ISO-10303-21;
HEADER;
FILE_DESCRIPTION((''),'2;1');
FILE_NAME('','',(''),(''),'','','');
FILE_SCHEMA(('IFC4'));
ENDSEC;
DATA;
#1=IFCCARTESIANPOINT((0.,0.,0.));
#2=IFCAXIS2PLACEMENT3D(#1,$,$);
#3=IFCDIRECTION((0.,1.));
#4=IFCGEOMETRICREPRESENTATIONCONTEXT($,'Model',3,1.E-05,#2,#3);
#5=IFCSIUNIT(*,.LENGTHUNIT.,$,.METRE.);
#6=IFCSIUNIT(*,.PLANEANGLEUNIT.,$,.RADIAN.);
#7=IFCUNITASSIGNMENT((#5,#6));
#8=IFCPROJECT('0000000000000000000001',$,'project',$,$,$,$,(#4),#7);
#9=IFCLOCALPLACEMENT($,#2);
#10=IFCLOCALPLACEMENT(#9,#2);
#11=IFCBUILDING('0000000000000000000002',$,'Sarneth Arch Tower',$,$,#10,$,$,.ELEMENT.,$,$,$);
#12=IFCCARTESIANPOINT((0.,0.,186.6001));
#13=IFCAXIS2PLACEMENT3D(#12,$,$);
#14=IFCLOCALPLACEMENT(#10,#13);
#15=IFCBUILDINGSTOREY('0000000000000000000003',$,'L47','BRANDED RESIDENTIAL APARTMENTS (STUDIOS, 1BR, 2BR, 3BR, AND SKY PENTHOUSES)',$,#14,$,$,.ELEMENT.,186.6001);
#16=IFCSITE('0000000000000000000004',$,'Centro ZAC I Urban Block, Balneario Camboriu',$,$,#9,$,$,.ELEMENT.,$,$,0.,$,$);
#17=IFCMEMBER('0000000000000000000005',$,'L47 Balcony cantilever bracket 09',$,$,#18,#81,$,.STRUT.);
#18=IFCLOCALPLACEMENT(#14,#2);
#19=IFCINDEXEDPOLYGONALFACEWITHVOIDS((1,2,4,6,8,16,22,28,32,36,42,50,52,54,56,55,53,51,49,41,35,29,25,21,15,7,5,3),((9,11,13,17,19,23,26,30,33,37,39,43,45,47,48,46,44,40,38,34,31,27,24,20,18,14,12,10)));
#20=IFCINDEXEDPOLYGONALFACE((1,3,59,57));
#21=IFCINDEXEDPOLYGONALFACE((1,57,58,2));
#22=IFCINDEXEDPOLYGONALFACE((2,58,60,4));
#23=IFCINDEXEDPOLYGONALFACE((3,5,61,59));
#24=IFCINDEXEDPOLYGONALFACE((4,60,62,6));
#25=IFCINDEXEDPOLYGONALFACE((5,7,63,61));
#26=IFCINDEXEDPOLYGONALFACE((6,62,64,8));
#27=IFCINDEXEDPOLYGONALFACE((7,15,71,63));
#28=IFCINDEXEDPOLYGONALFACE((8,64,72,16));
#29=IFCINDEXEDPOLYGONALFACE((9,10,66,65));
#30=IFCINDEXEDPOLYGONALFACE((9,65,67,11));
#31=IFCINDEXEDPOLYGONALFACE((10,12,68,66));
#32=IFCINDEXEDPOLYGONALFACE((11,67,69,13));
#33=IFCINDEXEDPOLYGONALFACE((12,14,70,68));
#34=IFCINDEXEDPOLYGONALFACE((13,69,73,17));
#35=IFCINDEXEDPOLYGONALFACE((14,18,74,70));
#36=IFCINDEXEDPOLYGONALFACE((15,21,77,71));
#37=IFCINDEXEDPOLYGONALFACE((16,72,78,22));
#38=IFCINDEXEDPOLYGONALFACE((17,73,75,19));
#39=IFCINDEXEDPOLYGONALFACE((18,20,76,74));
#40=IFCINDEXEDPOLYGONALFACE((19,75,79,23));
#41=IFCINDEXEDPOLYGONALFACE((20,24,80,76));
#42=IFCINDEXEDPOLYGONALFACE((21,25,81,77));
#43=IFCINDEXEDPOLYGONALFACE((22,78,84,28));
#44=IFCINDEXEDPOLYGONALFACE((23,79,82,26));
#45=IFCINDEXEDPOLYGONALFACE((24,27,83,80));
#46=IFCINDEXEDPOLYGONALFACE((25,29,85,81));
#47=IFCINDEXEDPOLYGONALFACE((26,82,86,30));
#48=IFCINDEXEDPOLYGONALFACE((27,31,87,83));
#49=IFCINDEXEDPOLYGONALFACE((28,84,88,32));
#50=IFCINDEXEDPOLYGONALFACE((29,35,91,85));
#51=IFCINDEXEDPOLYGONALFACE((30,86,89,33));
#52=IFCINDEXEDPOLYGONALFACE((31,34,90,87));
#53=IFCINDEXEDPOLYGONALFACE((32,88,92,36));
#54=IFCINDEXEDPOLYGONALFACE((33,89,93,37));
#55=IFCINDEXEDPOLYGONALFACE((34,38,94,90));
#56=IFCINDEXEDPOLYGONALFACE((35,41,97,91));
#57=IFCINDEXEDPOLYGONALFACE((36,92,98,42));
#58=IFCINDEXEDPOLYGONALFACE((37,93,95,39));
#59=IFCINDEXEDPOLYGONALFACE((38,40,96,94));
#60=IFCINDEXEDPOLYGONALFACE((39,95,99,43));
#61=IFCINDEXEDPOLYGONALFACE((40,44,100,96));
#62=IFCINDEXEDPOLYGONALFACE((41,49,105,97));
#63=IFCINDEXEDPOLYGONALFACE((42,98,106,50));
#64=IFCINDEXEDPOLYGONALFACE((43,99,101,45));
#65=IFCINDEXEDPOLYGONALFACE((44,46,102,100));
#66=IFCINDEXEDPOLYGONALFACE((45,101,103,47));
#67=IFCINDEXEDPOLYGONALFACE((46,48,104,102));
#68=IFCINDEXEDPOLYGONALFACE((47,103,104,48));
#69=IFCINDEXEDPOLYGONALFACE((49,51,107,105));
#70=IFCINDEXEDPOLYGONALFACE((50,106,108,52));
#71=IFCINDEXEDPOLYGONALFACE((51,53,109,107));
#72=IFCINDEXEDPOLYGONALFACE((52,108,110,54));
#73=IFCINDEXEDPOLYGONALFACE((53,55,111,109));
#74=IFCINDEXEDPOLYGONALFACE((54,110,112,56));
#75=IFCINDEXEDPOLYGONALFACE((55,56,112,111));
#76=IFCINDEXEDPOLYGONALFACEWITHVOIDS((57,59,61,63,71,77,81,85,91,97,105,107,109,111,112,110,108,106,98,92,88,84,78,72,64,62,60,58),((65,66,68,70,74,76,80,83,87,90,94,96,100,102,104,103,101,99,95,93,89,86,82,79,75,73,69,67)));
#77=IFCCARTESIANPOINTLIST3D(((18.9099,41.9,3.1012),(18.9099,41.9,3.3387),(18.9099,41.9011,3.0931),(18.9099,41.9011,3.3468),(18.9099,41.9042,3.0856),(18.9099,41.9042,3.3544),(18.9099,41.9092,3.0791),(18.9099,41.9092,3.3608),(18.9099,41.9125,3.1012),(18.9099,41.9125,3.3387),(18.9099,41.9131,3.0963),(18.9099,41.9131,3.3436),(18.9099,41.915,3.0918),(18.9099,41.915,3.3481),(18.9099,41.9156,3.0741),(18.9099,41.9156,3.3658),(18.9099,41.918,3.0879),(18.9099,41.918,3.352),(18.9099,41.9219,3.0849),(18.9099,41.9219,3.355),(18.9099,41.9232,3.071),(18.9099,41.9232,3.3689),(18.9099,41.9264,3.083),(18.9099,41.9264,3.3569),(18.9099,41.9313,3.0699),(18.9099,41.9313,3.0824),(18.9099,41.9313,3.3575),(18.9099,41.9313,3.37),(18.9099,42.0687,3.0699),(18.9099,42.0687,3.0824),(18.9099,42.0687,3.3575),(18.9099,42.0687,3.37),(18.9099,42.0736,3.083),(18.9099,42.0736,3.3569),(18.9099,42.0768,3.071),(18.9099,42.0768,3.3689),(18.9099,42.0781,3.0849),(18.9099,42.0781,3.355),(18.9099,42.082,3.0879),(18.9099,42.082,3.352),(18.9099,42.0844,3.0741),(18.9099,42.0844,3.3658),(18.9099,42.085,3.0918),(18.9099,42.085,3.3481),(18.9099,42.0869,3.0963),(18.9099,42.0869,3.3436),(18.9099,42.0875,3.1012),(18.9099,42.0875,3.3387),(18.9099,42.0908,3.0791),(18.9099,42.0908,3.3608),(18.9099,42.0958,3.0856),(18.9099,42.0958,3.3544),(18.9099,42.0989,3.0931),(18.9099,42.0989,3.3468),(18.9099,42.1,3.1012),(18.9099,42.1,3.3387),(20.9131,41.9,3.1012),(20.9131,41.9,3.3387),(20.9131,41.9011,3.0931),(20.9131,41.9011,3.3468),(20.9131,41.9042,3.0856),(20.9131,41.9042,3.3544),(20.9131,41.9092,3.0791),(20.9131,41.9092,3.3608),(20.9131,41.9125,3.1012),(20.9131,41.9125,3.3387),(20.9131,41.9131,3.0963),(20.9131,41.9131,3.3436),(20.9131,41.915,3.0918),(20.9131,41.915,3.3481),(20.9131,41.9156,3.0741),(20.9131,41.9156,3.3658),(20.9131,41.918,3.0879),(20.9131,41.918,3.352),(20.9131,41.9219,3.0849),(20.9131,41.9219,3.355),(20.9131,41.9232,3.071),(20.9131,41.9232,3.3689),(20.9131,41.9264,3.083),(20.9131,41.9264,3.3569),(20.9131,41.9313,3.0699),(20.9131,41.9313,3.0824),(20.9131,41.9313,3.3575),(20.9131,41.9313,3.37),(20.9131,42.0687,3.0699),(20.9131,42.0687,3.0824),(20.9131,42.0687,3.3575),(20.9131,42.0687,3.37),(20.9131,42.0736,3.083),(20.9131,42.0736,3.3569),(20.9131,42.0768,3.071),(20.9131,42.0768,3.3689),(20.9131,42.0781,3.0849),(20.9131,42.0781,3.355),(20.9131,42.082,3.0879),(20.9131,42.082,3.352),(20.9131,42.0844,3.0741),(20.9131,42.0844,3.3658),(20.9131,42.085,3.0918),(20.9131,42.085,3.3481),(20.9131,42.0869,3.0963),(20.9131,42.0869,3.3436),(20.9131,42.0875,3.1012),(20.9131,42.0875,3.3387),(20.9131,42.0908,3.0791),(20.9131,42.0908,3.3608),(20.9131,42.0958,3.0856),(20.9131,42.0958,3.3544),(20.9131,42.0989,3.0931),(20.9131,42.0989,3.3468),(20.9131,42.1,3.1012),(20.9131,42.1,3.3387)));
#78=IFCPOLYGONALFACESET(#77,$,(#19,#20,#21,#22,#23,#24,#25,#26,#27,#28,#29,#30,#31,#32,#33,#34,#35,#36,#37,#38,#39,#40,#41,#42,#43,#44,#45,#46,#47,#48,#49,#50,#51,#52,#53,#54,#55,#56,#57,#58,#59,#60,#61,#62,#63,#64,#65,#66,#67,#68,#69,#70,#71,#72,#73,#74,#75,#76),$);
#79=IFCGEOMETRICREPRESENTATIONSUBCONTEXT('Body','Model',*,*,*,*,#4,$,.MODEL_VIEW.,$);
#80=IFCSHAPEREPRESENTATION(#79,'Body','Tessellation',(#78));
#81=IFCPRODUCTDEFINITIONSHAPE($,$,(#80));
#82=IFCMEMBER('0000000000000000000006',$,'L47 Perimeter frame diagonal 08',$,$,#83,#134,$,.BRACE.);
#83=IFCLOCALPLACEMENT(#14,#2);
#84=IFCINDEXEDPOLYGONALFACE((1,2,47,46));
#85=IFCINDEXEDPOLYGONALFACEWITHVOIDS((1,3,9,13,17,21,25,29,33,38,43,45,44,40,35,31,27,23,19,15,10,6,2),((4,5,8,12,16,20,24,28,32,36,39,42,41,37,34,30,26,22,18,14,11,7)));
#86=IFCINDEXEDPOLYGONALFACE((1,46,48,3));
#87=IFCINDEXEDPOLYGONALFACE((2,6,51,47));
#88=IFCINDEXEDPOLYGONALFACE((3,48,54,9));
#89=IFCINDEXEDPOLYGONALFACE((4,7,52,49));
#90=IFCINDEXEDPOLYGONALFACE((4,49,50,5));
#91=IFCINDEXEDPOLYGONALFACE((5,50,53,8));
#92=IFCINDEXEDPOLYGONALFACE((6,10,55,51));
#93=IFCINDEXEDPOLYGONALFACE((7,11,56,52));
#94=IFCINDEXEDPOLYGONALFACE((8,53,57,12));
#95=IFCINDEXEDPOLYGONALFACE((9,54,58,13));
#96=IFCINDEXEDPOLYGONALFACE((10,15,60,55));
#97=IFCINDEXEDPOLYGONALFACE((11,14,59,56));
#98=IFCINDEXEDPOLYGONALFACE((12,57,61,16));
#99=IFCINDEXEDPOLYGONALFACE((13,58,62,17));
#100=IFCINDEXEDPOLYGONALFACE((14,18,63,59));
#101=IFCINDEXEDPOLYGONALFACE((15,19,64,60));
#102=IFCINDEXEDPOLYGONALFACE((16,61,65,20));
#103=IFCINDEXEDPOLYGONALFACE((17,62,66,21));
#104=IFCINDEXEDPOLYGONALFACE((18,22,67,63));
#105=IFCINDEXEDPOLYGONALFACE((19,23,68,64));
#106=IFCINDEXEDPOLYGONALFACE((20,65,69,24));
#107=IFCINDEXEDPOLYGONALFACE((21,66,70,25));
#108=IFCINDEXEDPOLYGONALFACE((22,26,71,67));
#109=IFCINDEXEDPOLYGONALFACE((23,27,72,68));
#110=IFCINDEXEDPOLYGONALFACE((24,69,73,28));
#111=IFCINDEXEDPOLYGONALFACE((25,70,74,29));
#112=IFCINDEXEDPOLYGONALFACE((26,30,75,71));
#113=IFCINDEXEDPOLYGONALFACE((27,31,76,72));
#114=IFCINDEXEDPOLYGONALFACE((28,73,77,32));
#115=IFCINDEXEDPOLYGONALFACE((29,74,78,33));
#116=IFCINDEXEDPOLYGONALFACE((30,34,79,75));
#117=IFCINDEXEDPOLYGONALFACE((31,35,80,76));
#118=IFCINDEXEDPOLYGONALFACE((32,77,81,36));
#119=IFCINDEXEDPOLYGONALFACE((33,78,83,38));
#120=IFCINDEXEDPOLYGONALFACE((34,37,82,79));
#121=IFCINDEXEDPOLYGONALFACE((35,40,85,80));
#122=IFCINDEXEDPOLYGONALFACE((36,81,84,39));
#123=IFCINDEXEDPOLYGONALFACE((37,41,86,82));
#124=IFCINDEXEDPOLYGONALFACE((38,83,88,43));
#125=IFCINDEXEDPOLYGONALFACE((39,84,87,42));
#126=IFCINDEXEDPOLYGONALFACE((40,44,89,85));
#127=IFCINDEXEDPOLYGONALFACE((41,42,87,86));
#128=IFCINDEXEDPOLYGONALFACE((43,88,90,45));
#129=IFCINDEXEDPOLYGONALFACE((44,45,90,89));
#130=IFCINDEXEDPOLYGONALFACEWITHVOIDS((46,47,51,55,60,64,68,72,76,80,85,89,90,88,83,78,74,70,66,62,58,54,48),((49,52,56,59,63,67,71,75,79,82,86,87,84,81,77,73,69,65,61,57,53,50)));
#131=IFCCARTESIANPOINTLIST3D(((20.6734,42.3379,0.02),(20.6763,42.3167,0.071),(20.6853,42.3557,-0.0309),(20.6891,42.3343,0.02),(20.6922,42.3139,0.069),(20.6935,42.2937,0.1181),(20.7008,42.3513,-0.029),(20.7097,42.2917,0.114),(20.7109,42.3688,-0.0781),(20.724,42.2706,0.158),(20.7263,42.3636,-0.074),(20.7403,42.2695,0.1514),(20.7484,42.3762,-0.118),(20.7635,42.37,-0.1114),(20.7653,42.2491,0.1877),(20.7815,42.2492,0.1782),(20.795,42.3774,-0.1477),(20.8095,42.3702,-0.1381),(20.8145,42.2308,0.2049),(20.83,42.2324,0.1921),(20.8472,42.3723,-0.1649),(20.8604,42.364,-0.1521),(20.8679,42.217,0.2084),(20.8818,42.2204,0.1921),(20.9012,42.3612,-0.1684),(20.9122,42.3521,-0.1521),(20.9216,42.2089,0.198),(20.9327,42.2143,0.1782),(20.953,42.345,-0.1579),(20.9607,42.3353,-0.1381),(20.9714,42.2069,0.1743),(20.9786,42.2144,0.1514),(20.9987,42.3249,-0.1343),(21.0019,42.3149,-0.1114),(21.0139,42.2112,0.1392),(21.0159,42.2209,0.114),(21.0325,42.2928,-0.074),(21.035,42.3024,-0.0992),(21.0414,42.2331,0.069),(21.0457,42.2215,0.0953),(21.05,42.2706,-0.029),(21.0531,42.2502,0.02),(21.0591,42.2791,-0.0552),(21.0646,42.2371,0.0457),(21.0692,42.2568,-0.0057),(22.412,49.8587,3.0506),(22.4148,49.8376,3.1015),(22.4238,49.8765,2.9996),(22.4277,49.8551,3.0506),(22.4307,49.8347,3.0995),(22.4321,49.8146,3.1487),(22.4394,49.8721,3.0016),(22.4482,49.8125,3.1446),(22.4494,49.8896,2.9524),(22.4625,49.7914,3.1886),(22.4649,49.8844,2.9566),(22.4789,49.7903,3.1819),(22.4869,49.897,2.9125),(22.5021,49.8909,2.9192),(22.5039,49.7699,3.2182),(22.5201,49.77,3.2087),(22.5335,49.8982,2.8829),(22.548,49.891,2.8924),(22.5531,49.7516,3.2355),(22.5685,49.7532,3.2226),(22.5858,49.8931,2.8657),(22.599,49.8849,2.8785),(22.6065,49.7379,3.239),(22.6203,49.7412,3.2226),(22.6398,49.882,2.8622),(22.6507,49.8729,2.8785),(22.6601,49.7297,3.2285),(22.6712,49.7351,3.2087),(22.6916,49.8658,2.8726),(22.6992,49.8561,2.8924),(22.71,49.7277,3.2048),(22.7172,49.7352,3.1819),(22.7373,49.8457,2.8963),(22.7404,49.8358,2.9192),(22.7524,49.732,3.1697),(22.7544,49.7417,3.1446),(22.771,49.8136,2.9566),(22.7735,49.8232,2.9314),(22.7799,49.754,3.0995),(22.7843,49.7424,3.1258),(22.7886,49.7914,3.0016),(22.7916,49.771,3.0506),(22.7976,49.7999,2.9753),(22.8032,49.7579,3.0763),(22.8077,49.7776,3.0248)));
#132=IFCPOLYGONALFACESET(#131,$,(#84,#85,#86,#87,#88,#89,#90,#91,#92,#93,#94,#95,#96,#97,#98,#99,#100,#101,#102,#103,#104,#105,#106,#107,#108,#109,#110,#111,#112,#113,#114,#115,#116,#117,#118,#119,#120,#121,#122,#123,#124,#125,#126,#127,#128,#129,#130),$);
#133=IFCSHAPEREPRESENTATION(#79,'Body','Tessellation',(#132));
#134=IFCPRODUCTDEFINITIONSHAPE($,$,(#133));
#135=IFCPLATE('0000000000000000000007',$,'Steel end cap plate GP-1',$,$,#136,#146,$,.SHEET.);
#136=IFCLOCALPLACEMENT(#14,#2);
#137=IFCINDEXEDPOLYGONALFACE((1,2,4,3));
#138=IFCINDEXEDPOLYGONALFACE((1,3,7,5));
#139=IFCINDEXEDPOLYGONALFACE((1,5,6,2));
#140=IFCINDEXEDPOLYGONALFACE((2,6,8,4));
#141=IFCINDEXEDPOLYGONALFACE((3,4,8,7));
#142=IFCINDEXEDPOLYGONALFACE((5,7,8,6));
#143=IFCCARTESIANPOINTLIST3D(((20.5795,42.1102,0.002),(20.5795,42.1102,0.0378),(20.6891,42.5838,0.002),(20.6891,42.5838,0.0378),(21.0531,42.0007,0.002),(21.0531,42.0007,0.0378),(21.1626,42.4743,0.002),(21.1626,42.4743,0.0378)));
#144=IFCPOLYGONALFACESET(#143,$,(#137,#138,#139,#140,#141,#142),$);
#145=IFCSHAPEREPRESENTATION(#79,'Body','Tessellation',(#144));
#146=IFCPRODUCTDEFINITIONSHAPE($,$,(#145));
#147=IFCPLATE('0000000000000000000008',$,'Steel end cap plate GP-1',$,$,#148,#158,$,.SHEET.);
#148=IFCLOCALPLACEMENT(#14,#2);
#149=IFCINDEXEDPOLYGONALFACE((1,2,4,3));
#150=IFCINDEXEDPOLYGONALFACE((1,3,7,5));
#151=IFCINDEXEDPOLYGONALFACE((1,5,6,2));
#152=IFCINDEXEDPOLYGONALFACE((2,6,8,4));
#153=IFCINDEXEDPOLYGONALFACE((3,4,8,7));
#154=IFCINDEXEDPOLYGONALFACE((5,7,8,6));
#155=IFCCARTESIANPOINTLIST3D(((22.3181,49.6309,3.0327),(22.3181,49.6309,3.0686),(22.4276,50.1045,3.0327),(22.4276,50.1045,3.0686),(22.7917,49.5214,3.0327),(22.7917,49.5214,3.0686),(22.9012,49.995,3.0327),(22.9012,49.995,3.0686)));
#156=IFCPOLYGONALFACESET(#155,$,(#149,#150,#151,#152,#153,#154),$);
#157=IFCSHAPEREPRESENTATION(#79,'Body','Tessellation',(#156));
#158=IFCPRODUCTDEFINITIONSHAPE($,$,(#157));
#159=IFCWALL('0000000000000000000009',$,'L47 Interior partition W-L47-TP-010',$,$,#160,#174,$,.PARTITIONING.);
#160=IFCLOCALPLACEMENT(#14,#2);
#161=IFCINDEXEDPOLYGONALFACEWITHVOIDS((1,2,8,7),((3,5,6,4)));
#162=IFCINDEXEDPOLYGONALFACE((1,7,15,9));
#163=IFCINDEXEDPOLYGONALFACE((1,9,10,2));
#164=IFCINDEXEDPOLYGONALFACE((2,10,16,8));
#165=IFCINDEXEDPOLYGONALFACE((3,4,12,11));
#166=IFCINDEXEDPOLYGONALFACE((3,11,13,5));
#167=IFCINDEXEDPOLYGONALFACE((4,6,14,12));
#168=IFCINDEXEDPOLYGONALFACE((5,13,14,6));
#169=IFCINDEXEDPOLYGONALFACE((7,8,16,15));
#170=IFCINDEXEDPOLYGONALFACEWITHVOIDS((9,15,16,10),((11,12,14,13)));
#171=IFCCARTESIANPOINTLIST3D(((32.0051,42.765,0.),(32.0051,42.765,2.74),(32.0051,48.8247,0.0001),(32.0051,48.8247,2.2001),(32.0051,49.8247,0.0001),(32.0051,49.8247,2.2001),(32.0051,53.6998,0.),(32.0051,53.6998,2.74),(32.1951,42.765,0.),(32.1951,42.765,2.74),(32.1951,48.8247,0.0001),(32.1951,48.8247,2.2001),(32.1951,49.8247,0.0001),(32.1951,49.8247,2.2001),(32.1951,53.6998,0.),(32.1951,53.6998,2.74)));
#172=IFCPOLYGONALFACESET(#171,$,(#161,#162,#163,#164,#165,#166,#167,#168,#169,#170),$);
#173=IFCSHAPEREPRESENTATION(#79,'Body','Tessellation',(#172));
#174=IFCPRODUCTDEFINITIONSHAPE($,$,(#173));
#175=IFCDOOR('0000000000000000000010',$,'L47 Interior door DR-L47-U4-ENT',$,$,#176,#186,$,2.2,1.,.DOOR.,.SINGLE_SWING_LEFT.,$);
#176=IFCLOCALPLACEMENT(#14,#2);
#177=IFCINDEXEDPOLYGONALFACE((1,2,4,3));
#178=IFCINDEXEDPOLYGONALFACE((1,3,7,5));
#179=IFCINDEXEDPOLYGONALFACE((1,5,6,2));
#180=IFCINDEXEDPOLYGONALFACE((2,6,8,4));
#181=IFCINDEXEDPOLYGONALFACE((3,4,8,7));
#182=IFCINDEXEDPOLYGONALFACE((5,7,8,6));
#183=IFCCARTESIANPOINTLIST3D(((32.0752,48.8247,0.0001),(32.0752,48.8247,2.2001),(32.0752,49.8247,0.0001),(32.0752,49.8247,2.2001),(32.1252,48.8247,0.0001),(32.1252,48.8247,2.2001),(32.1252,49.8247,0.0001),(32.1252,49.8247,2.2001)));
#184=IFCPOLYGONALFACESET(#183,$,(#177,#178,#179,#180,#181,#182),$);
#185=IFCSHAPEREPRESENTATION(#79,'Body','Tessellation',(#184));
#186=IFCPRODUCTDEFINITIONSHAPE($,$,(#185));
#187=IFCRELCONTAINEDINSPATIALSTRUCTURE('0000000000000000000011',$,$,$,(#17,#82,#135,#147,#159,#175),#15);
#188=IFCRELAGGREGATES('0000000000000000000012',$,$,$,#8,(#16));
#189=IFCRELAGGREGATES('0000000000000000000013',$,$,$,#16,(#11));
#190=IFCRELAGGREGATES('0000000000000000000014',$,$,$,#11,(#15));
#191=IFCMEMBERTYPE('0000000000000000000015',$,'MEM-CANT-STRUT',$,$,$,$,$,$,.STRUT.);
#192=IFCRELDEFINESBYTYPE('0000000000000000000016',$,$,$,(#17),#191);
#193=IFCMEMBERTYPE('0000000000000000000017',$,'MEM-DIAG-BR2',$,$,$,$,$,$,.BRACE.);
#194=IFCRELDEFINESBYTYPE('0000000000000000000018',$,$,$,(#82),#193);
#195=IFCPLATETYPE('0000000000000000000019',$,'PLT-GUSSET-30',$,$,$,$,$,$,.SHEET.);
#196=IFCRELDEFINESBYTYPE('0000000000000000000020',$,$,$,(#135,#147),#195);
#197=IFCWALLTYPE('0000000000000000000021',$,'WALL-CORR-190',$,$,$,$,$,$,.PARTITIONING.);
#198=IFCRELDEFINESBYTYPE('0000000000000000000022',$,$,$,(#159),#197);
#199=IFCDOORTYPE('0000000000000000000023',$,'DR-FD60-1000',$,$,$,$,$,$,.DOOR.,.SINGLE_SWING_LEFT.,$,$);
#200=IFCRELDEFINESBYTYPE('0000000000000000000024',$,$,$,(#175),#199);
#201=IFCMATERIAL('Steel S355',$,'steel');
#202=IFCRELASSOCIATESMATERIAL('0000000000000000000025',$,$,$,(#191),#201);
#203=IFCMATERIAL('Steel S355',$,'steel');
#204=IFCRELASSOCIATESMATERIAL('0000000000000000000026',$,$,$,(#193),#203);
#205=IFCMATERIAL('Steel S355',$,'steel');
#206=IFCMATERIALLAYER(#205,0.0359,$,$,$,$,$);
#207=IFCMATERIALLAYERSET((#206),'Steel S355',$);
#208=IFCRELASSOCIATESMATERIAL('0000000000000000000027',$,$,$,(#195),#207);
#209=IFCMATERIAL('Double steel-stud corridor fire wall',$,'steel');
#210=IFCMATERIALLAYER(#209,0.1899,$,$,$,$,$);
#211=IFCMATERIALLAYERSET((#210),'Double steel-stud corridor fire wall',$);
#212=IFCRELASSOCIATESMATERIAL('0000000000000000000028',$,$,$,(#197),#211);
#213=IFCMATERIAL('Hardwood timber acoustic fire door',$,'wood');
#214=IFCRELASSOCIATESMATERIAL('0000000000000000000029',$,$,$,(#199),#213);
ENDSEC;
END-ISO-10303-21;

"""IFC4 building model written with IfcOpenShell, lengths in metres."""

from ifc_helpers import new_model, si_unit, direction, frame, frame_2d, origin, origin_2d, place, context, subcontext, project, spatial, rectangle, hollow_rectangle, hollow_circle, extrude, material, layer, layer_set, material_profile, profile_set, type_object, element, fill, save


model = new_model("IFC4")

# Units and contexts
model_context = context("Model", 3, precision=1e-05, world=origin(), true_north=direction((0.0, 1.0)))
body_context = subcontext(model_context, "Body", "Model", "MODEL_VIEW")
ifc_project = project(units=[si_unit("LENGTHUNIT", "METRE"), si_unit("PLANEANGLEUNIT", "RADIAN")], contexts=[model_context])

# Site, building, storey
site_placement = place(None, origin())
site = spatial("IfcSite", under=ifc_project, at=site_placement, Name="Centro ZAC I Urban Block, Balneario Camboriu", CompositionType="ELEMENT", RefElevation=0.0)
building_placement = place(site_placement, origin())
building = spatial("IfcBuilding", under=site, at=building_placement, Name="Sarneth Arch Tower", CompositionType="ELEMENT")
storey_placement = place(building_placement, frame((0.0, 0.0, 186.6001)))
storey = spatial("IfcBuildingStorey", under=building, at=storey_placement, Name="L47", Description="BRANDED RESIDENTIAL APARTMENTS (STUDIOS, 1BR, 2BR, 3BR, AND SKY PENTHOUSES)", CompositionType="ELEMENT", Elevation=186.6001)

# Members
ifc_material_1 = material(Name="Steel S355", Category="steel")
ifc_material_profile_1 = material_profile(ifc_material_1, hollow_rectangle(XDim=0.2, YDim=0.3, WallThickness=0.0125, InnerFilletRadius=0.0188, OuterFilletRadius=0.0312, at=origin_2d()), Name="RHS300x200x12.5")
ifc_profile_set_1 = profile_set([ifc_material_profile_1], Name="Steel S355")
member_type_1 = type_object("IfcMemberType", Name="MEM-CANT-STRUT", PredefinedType="STRUT", material=ifc_profile_set_1)
member_1_placement = place(storey_placement, frame((20.9131, 42.0, 3.22), z_axis=(-1.0, 0.0, 0.0), x_axis=(0.0, -1.0, 0.0)))
element("IfcMember", 1, at=member_1_placement, inside=storey, type_object=member_type_1, Name="L47 Balcony cantilever bracket 09", PredefinedType="STRUT", context=body_context, shape_type="SweptSolid", body=[
    extrude(hollow_rectangle(XDim=0.2, YDim=0.3, WallThickness=0.0125, InnerFilletRadius=0.0188, OuterFilletRadius=0.0312, at=origin_2d()), origin(), (0.0, 0.0, 1.0), 2.0032),
])
ifc_material_2 = material(Name="Steel S355", Category="steel")
ifc_material_profile_2 = material_profile(ifc_material_2, hollow_circle(Radius=0.2029, WallThickness=0.0161, at=origin_2d()), Name="CHS406x16")
ifc_profile_set_2 = profile_set([ifc_material_profile_2], Name="Steel S355")
member_type_2 = type_object("IfcMemberType", Name="MEM-DIAG-BR2", PredefinedType="BRACE", material=ifc_profile_set_2)
member_2_placement = place(storey_placement, frame((20.8711, 42.2922, 0.02), z_axis=(0.209646, 0.906917, 0.365446), x_axis=(-0.974307, 0.225224, 0.0)))
element("IfcMember", 2, at=member_2_placement, inside=storey, type_object=member_type_2, Name="L47 Perimeter frame diagonal 08", PredefinedType="BRACE", context=body_context, shape_type="SweptSolid", body=[
    extrude(hollow_circle(Radius=0.2029, WallThickness=0.0161, at=origin_2d()), origin(), (0.0, 0.0, 1.0), 8.2927),
])

# Plates
ifc_material_3 = material(Name="Steel S355", Category="steel")
ifc_layer_1 = layer(ifc_material_3, 0.0359)
ifc_layer_set_1 = layer_set([ifc_layer_1], Name="Steel S355")
plate_type = type_object("IfcPlateType", Name="PLT-GUSSET-30", PredefinedType="SHEET", material=ifc_layer_set_1)
for number, where, z_axis, x_axis, name in (
    (3, (20.8711, 42.2922, 0.002), (0.0, 0.0, 1.0), (-0.225291, -0.974291, 0.0), "Steel end cap plate GP-1"),
    (4, (22.6096, 49.813, 3.0327), (0.0, 0.0, 1.0), (-0.225291, -0.974291, 0.0), "Steel end cap plate GP-1"),
):
    element("IfcPlate", number, at=place(storey_placement, frame(where, z_axis=z_axis, x_axis=x_axis)), inside=storey, type_object=plate_type, Name=name, PredefinedType="SHEET", context=body_context, shape_type="SweptSolid", body=[
        extrude(rectangle(XDim=0.4861, YDim=0.4861, at=origin_2d()), origin(), (0.0, 0.0, 1.0), 0.0359),
    ])

# Wall, opening, door
ifc_material_4 = material(Name="Double steel-stud corridor fire wall", Category="steel")
ifc_layer_2 = layer(ifc_material_4, 0.1899)
ifc_layer_set_2 = layer_set([ifc_layer_2], Name="Double steel-stud corridor fire wall")
wall_type_1 = type_object("IfcWallType", Name="WALL-CORR-190", PredefinedType="PARTITIONING", material=ifc_layer_set_2)
wall_1_placement = place(storey_placement, frame((32.1001, 42.7651, 0.0), z_axis=(0.0, 0.0, 1.0), x_axis=(0.0, 1.0, 0.0)))
wall_1 = element("IfcWall", 5, at=wall_1_placement, inside=storey, type_object=wall_type_1, Name="L47 Interior partition W-L47-TP-010", PredefinedType="PARTITIONING", context=body_context, shape_type="SweptSolid", body=[
    extrude(rectangle(XDim=10.9348, YDim=0.1899, at=frame_2d((5.4673, 0.0))), origin(), (0.0, 0.0, 1.0), 2.74),
])
opening_1_placement = place(wall_1_placement, frame((6.0596, 0.0, 0.0)))
opening_1 = element("IfcOpeningElement", 6, at=opening_1_placement, cuts=wall_1, PredefinedType="OPENING", context=body_context, shape_type="SweptSolid", body=[
    extrude(rectangle(XDim=1.0, YDim=2.2, at=frame_2d((0.5, 1.1001))), frame((0.0, 0.105, 0.0), z_axis=(0.0, -1.0, 0.0), x_axis=(1.0, 0.0, 0.0)), (0.0, 0.0, 1.0), 0.21),
])
ifc_material_5 = material(Name="Hardwood timber acoustic fire door", Category="wood")
door_type_1 = type_object("IfcDoorType", Name="DR-FD60-1000", OperationType="SINGLE_SWING_LEFT", PredefinedType="DOOR", material=ifc_material_5)
door_1_placement = place(opening_1_placement, origin())
door_1 = element("IfcDoor", 7, at=door_1_placement, inside=storey, type_object=door_type_1, Name="L47 Interior door DR-L47-U4-ENT", OperationType="SINGLE_SWING_LEFT", OverallHeight=2.2, OverallWidth=1.0, PredefinedType="DOOR", context=body_context, shape_type="SweptSolid", body=[
    extrude(rectangle(XDim=1.0, YDim=2.2, at=frame_2d((0.5, 1.1001))), frame((0.0, 0.0249, 0.0), z_axis=(0.0, -1.0, 0.0), x_axis=(1.0, 0.0, 0.0)), (0.0, 0.0, 1.0), 0.05),
])
fill(opening_1, door_1)

save(model, "model.ifc")
